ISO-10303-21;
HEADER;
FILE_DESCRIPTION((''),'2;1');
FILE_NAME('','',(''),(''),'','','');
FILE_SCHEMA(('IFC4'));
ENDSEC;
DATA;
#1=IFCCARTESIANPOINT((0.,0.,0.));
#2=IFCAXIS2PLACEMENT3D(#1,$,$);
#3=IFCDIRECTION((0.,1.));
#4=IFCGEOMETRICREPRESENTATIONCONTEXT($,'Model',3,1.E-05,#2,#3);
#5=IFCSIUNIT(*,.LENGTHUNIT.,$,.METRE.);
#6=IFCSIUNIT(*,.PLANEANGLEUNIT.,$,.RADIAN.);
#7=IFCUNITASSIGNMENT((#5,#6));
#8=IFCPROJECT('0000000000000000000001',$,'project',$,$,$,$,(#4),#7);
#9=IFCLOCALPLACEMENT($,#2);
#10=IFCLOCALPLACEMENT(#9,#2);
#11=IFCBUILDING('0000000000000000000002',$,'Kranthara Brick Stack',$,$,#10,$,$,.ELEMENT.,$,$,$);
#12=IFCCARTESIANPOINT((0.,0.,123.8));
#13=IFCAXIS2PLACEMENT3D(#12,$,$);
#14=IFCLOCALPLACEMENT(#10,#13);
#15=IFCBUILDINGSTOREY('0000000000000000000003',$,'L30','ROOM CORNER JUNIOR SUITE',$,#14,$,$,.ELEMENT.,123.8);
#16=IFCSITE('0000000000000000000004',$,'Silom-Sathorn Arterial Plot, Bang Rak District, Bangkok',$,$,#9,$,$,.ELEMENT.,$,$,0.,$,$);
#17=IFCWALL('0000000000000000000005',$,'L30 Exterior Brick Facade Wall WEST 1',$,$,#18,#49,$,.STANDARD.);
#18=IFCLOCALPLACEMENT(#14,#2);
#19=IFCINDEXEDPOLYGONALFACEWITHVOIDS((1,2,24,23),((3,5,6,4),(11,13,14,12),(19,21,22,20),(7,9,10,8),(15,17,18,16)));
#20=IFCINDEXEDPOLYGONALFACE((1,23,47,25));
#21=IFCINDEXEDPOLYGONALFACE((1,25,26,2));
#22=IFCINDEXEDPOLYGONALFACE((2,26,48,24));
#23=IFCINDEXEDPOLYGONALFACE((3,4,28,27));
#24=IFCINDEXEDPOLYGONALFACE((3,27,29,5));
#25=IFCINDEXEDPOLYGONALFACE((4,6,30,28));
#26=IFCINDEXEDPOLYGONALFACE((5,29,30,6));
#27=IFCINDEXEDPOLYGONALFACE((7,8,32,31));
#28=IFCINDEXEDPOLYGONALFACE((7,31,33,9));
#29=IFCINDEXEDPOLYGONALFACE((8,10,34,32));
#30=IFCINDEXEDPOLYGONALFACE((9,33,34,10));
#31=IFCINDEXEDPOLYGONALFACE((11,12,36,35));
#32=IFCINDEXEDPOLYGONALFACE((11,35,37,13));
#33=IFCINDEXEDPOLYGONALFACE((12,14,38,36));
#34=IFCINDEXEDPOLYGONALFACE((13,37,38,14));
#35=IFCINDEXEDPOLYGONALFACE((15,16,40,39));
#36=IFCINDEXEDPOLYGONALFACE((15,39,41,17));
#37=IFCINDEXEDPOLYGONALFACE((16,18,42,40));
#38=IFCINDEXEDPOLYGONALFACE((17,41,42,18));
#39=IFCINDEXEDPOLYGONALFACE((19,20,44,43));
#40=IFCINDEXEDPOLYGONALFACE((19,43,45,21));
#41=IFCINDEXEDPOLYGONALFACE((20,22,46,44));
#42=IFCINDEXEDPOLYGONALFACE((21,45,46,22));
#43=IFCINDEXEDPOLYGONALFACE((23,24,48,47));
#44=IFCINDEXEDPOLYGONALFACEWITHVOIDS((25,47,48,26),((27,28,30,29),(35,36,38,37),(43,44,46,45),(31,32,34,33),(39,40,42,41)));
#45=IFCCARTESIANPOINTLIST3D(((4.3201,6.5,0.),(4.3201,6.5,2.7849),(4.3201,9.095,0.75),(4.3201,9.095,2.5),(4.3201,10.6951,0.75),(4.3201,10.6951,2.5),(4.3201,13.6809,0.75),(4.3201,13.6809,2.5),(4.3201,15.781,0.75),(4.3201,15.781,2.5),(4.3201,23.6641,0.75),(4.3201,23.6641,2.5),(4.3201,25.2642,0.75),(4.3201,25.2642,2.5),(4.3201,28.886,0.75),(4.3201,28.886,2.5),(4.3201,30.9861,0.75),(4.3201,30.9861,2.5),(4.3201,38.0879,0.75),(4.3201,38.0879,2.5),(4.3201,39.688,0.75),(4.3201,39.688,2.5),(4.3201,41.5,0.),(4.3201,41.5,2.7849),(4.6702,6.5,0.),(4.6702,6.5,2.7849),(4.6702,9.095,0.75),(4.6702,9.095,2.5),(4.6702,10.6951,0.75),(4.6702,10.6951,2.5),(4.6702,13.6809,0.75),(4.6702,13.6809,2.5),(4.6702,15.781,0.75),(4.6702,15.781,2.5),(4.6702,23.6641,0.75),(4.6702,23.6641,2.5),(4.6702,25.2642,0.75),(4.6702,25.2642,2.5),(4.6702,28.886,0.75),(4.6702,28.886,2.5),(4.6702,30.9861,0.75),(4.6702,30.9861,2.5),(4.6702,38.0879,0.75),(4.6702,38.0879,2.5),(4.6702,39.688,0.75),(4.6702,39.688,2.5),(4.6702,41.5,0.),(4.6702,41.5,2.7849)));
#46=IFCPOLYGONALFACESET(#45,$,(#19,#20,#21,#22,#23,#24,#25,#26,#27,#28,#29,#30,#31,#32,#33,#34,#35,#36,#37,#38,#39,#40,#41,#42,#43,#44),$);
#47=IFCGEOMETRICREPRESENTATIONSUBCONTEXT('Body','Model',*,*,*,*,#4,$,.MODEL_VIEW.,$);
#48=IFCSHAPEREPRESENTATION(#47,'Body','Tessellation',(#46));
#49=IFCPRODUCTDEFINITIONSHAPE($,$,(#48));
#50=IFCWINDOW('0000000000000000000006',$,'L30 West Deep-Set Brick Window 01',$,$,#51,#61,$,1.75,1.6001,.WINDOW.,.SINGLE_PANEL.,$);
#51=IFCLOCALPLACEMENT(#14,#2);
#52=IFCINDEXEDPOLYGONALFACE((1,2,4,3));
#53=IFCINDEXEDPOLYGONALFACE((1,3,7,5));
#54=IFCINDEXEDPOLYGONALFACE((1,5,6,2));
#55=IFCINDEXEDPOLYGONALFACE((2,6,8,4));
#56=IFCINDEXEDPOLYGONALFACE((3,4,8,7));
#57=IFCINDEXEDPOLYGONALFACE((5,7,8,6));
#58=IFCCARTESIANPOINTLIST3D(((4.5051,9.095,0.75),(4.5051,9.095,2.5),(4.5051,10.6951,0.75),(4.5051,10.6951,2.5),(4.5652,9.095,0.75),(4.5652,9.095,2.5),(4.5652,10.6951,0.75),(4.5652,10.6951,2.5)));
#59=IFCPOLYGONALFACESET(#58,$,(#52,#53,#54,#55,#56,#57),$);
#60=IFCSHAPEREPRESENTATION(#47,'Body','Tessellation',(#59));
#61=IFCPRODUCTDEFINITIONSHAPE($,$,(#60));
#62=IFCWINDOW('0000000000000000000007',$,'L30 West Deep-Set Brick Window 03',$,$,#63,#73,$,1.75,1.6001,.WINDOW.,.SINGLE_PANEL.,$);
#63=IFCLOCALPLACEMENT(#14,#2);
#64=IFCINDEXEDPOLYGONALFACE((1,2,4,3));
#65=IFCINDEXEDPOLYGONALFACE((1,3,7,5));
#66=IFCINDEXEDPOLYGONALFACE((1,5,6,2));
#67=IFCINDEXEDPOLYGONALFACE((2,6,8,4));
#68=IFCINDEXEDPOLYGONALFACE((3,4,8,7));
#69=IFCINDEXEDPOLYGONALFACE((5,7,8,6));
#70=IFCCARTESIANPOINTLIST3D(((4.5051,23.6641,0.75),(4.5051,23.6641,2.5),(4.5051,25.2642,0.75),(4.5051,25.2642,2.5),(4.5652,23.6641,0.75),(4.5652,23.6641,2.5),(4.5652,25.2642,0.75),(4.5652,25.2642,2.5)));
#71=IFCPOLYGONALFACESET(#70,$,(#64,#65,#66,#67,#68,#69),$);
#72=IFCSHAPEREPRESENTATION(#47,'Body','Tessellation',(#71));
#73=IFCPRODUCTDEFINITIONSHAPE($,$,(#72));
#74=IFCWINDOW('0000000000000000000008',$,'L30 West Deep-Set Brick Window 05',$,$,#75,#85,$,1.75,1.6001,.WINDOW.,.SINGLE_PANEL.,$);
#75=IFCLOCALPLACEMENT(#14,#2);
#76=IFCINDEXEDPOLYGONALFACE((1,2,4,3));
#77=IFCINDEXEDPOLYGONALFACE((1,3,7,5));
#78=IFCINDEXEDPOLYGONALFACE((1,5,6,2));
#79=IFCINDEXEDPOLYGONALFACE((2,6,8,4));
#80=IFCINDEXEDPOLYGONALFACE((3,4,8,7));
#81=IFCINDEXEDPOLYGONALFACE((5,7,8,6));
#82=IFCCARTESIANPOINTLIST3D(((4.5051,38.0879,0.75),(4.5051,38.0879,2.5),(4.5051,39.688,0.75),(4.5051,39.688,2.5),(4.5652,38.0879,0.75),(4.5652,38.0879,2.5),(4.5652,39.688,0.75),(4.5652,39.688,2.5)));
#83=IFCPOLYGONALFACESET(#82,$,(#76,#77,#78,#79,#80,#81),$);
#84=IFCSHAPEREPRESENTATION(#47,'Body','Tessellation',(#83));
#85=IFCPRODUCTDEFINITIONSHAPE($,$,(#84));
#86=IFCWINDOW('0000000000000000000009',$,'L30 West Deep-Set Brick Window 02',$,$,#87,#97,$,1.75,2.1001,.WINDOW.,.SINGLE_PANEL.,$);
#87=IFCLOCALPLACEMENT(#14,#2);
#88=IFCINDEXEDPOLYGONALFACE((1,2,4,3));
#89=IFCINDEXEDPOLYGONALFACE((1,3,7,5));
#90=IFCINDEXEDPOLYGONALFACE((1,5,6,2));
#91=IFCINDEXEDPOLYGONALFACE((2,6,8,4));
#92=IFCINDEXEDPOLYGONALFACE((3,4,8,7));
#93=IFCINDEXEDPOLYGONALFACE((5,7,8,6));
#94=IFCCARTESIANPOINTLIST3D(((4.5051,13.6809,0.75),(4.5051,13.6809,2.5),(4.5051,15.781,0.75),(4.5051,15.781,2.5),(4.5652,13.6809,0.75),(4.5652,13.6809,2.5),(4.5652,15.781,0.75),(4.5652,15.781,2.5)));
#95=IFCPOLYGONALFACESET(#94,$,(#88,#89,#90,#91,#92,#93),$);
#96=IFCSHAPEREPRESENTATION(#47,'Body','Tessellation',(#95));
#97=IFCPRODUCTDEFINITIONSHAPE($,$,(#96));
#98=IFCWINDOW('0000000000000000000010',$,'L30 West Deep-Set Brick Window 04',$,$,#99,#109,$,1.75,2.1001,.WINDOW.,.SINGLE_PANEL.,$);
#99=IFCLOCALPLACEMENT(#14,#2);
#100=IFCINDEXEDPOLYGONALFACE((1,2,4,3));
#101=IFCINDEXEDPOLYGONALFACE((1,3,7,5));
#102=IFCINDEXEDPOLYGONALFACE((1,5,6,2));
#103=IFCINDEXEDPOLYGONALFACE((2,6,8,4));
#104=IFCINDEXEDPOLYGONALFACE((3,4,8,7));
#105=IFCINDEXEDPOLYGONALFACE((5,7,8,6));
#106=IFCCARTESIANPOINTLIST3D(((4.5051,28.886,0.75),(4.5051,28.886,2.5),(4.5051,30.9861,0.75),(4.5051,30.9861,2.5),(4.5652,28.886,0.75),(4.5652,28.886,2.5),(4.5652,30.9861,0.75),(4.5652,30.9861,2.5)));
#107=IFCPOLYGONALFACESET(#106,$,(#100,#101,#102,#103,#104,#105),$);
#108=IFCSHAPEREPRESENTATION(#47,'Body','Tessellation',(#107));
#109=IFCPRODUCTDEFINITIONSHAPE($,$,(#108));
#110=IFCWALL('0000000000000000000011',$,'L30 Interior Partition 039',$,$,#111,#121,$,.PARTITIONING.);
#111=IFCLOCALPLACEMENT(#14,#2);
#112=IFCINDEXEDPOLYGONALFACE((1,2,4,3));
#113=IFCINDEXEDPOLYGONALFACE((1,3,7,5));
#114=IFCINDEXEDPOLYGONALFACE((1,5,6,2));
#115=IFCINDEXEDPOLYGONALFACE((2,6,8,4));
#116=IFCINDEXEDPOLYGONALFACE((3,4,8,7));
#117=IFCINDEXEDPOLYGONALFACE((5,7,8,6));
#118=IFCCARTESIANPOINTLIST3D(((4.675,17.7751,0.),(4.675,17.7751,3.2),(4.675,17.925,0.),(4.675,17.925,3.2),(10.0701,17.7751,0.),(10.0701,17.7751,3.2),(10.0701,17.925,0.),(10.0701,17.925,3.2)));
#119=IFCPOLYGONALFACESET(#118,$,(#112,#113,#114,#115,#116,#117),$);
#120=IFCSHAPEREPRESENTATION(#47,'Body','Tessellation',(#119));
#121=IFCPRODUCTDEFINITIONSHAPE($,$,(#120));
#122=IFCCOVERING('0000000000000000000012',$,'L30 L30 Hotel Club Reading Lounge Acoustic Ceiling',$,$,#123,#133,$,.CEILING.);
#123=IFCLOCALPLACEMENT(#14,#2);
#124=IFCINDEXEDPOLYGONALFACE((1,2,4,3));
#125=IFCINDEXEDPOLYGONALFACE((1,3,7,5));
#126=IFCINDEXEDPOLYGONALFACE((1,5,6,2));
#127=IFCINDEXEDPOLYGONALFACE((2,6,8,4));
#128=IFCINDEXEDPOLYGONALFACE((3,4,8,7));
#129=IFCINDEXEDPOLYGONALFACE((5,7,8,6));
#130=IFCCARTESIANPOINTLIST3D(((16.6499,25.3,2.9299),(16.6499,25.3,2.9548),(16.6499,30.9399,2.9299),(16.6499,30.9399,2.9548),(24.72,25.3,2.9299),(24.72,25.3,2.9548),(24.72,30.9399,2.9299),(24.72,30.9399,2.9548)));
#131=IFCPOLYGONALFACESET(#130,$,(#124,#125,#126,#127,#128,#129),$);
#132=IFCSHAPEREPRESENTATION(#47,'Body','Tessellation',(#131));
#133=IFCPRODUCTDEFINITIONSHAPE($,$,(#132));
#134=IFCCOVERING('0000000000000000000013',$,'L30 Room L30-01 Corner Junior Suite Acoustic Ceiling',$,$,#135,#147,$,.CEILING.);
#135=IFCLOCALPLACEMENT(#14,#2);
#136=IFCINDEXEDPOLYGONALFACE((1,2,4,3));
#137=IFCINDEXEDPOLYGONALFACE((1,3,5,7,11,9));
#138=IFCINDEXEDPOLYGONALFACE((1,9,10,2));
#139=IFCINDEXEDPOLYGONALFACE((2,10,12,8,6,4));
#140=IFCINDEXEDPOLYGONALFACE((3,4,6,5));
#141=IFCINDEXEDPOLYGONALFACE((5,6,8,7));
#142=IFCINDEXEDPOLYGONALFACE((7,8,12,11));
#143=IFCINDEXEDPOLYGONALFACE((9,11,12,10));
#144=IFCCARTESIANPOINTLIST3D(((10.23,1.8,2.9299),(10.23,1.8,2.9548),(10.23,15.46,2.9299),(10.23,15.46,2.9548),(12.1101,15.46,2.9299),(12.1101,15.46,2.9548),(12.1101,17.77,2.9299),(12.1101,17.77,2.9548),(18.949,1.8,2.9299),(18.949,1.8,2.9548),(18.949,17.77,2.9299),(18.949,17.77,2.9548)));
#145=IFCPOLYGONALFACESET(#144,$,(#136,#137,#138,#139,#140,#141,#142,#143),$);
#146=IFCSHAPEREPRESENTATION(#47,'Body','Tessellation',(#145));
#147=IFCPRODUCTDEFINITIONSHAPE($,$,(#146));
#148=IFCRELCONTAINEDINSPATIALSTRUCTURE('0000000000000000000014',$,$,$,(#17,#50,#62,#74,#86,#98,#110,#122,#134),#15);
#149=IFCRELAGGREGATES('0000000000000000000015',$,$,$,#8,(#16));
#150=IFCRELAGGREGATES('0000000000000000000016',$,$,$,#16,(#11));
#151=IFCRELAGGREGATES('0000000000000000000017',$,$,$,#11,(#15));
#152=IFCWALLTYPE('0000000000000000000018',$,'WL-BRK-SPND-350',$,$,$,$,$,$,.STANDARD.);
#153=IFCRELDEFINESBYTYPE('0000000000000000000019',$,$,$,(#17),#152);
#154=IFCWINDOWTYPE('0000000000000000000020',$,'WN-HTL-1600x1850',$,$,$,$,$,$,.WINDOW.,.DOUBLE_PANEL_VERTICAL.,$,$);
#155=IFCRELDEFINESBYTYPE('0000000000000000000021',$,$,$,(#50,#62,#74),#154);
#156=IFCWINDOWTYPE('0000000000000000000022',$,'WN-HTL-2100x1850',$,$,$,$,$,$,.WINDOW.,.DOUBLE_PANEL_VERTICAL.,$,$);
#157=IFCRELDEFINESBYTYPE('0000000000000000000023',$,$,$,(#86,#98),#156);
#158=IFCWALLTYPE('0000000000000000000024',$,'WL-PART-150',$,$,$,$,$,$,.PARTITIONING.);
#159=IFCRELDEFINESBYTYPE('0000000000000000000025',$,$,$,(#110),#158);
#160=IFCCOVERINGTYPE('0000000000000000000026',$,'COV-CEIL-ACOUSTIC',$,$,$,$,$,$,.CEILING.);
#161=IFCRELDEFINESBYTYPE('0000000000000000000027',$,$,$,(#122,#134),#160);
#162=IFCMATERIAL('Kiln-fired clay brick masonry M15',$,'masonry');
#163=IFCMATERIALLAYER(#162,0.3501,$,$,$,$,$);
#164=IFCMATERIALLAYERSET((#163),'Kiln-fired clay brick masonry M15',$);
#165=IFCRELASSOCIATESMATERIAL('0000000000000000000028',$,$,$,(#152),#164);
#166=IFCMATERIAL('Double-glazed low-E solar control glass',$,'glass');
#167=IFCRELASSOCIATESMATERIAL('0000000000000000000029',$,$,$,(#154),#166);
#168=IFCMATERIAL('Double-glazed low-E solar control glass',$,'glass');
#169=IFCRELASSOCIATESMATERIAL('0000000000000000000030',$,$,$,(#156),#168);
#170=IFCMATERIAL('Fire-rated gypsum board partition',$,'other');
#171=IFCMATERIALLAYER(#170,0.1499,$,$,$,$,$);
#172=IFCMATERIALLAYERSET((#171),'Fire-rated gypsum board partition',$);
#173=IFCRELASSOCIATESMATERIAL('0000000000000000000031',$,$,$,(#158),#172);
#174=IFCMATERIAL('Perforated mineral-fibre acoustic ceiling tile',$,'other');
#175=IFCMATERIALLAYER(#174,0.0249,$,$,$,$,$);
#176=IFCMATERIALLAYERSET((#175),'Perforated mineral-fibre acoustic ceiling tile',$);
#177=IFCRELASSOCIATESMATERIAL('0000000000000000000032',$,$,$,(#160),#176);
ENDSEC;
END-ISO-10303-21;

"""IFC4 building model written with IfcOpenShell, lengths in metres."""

from ifc_helpers import new_model, si_unit, direction, frame, frame_2d, origin, place, context, subcontext, project, spatial, polyline, rectangle, outline, extrude, material, layer, layer_set, type_object, element, fill, save


model = new_model("IFC4")

# Units and contexts
model_context = context("Model", 3, precision=1e-05, world=origin(), true_north=direction((0.0, 1.0)))
body_context = subcontext(model_context, "Body", "Model", "MODEL_VIEW")
ifc_project = project(units=[si_unit("LENGTHUNIT", "METRE"), si_unit("PLANEANGLEUNIT", "RADIAN")], contexts=[model_context])

# Site, building, storey
site_placement = place(None, origin())
site = spatial("IfcSite", under=ifc_project, at=site_placement, Name="Silom-Sathorn Arterial Plot, Bang Rak District, Bangkok", CompositionType="ELEMENT", RefElevation=0.0)
building_placement = place(site_placement, origin())
building = spatial("IfcBuilding", under=site, at=building_placement, Name="Kranthara Brick Stack", CompositionType="ELEMENT")
storey_placement = place(building_placement, frame((0.0, 0.0, 123.8)))
storey = spatial("IfcBuildingStorey", under=building, at=storey_placement, Name="L30", Description="ROOM CORNER JUNIOR SUITE", CompositionType="ELEMENT", Elevation=123.8)

# Shared definitions
ifc_material_1 = material(Name="Kiln-fired clay brick masonry M15", Category="masonry")
ifc_layer_1 = layer(ifc_material_1, 0.3501)
ifc_layer_set_1 = layer_set([ifc_layer_1], Name="Kiln-fired clay brick masonry M15")
wall_type_1 = type_object("IfcWallType", Name="WL-BRK-SPND-350", PredefinedType="STANDARD", material=ifc_layer_set_1)

# Wall, openings, windows
wall_1_placement = place(storey_placement, frame((4.4951, 6.5, 0.0), z_axis=(0.0, 0.0, 1.0), x_axis=(0.0, 1.0, 0.0)))
wall_1 = element("IfcWall", 1, at=wall_1_placement, inside=storey, type_object=wall_type_1, Name="L30 Exterior Brick Facade Wall WEST 1", PredefinedType="STANDARD", context=body_context, shape_type="SweptSolid", body=[
    extrude(rectangle(XDim=35.0, YDim=0.3501, at=frame_2d((17.5, 0.0))), origin(), (0.0, 0.0, 1.0), 2.7849),
])
opening_1_placement = place(wall_1_placement, frame((2.595, 0.0, 0.75)))
opening_1 = element("IfcOpeningElement", 2, at=opening_1_placement, cuts=wall_1, PredefinedType="OPENING", context=body_context, shape_type="SweptSolid", body=[
    extrude(rectangle(XDim=1.6001, YDim=1.75, at=frame_2d((0.8, 0.875))), frame((0.0, 0.1851, 0.0), z_axis=(0.0, -1.0, 0.0), x_axis=(1.0, 0.0, 0.0)), (0.0, 0.0, 1.0), 0.3701),
])
opening_2_placement = place(wall_1_placement, frame((7.1809, 0.0, 0.75)))
opening_2 = element("IfcOpeningElement", 3, at=opening_2_placement, cuts=wall_1, PredefinedType="OPENING", context=body_context, shape_type="SweptSolid", body=[
    extrude(rectangle(XDim=2.1001, YDim=1.75, at=frame_2d((1.05, 0.875))), frame((0.0, 0.1851, 0.0), z_axis=(0.0, -1.0, 0.0), x_axis=(1.0, 0.0, 0.0)), (0.0, 0.0, 1.0), 0.3701),
])
opening_3_placement = place(wall_1_placement, frame((17.1641, 0.0, 0.75)))
opening_3 = element("IfcOpeningElement", 4, at=opening_3_placement, cuts=wall_1, PredefinedType="OPENING", context=body_context, shape_type="SweptSolid", body=[
    extrude(rectangle(XDim=1.6001, YDim=1.75, at=frame_2d((0.8, 0.875))), frame((0.0, 0.1851, 0.0), z_axis=(0.0, -1.0, 0.0), x_axis=(1.0, 0.0, 0.0)), (0.0, 0.0, 1.0), 0.3701),
])
opening_4_placement = place(wall_1_placement, frame((22.386, 0.0, 0.75)))
opening_4 = element("IfcOpeningElement", 5, at=opening_4_placement, cuts=wall_1, PredefinedType="OPENING", context=body_context, shape_type="SweptSolid", body=[
    extrude(rectangle(XDim=2.1001, YDim=1.75, at=frame_2d((1.05, 0.875))), frame((0.0, 0.1851, 0.0), z_axis=(0.0, -1.0, 0.0), x_axis=(1.0, 0.0, 0.0)), (0.0, 0.0, 1.0), 0.3701),
])
opening_5_placement = place(wall_1_placement, frame((31.5879, 0.0, 0.75)))
opening_5 = element("IfcOpeningElement", 6, at=opening_5_placement, cuts=wall_1, PredefinedType="OPENING", context=body_context, shape_type="SweptSolid", body=[
    extrude(rectangle(XDim=1.6001, YDim=1.75, at=frame_2d((0.8, 0.875))), frame((0.0, 0.1851, 0.0), z_axis=(0.0, -1.0, 0.0), x_axis=(1.0, 0.0, 0.0)), (0.0, 0.0, 1.0), 0.3701),
])
ifc_material_2 = material(Name="Double-glazed low-E solar control glass", Category="glass")
window_type_1 = type_object("IfcWindowType", Name="WN-HTL-1600x1850", PartitioningType="DOUBLE_PANEL_VERTICAL", PredefinedType="WINDOW", material=ifc_material_2)
window_1_placement = place(opening_1_placement, origin())
window_1 = element("IfcWindow", 7, at=window_1_placement, inside=storey, type_object=window_type_1, Name="L30 West Deep-Set Brick Window 01", OverallHeight=1.75, OverallWidth=1.6001, PartitioningType="SINGLE_PANEL", PredefinedType="WINDOW", context=body_context, shape_type="SweptSolid", body=[
    extrude(rectangle(XDim=1.6001, YDim=1.75, at=frame_2d((0.8, 0.875))), frame((0.0, -0.01, 0.0), z_axis=(0.0, -1.0, 0.0), x_axis=(1.0, 0.0, 0.0)), (0.0, 0.0, 1.0), 0.0601),
])
fill(opening_1, window_1)
window_2_placement = place(opening_3_placement, origin())
window_2 = element("IfcWindow", 8, at=window_2_placement, inside=storey, type_object=window_type_1, Name="L30 West Deep-Set Brick Window 03", OverallHeight=1.75, OverallWidth=1.6001, PartitioningType="SINGLE_PANEL", PredefinedType="WINDOW", context=body_context, shape_type="SweptSolid", body=[
    extrude(rectangle(XDim=1.6001, YDim=1.75, at=frame_2d((0.8, 0.875))), frame((0.0, -0.01, 0.0), z_axis=(0.0, -1.0, 0.0), x_axis=(1.0, 0.0, 0.0)), (0.0, 0.0, 1.0), 0.0601),
])
fill(opening_3, window_2)
window_3_placement = place(opening_5_placement, origin())
window_3 = element("IfcWindow", 9, at=window_3_placement, inside=storey, type_object=window_type_1, Name="L30 West Deep-Set Brick Window 05", OverallHeight=1.75, OverallWidth=1.6001, PartitioningType="SINGLE_PANEL", PredefinedType="WINDOW", context=body_context, shape_type="SweptSolid", body=[
    extrude(rectangle(XDim=1.6001, YDim=1.75, at=frame_2d((0.8, 0.875))), frame((0.0, -0.01, 0.0), z_axis=(0.0, -1.0, 0.0), x_axis=(1.0, 0.0, 0.0)), (0.0, 0.0, 1.0), 0.0601),
])
fill(opening_5, window_3)
ifc_material_3 = material(Name="Double-glazed low-E solar control glass", Category="glass")
window_type_2 = type_object("IfcWindowType", Name="WN-HTL-2100x1850", PartitioningType="DOUBLE_PANEL_VERTICAL", PredefinedType="WINDOW", material=ifc_material_3)
window_4_placement = place(opening_2_placement, origin())
window_4 = element("IfcWindow", 10, at=window_4_placement, inside=storey, type_object=window_type_2, Name="L30 West Deep-Set Brick Window 02", OverallHeight=1.75, OverallWidth=2.1001, PartitioningType="SINGLE_PANEL", PredefinedType="WINDOW", context=body_context, shape_type="SweptSolid", body=[
    extrude(rectangle(XDim=2.1001, YDim=1.75, at=frame_2d((1.05, 0.875))), frame((0.0, -0.01, 0.0), z_axis=(0.0, -1.0, 0.0), x_axis=(1.0, 0.0, 0.0)), (0.0, 0.0, 1.0), 0.0601),
])
fill(opening_2, window_4)
window_5_placement = place(opening_4_placement, origin())
window_5 = element("IfcWindow", 11, at=window_5_placement, inside=storey, type_object=window_type_2, Name="L30 West Deep-Set Brick Window 04", OverallHeight=1.75, OverallWidth=2.1001, PartitioningType="SINGLE_PANEL", PredefinedType="WINDOW", context=body_context, shape_type="SweptSolid", body=[
    extrude(rectangle(XDim=2.1001, YDim=1.75, at=frame_2d((1.05, 0.875))), frame((0.0, -0.01, 0.0), z_axis=(0.0, -1.0, 0.0), x_axis=(1.0, 0.0, 0.0)), (0.0, 0.0, 1.0), 0.0601),
])
fill(opening_4, window_5)

# Wall
ifc_material_4 = material(Name="Fire-rated gypsum board partition", Category="other")
ifc_layer_2 = layer(ifc_material_4, 0.1499)
ifc_layer_set_2 = layer_set([ifc_layer_2], Name="Fire-rated gypsum board partition")
wall_type_2 = type_object("IfcWallType", Name="WL-PART-150", PredefinedType="PARTITIONING", material=ifc_layer_set_2)
wall_2_placement = place(storey_placement, frame((4.675, 17.8501, 0.0), z_axis=(0.0, 0.0, 1.0), x_axis=(1.0, 0.0, 0.0)))
element("IfcWall", 12, at=wall_2_placement, inside=storey, type_object=wall_type_2, Name="L30 Interior Partition 039", PredefinedType="PARTITIONING", context=body_context, shape_type="SweptSolid", body=[
    extrude(rectangle(XDim=5.395, YDim=0.1499, at=frame_2d((2.6975, 0.0))), origin(), (0.0, 0.0, 1.0), 3.2),
])

# Coverings
ifc_material_5 = material(Name="Perforated mineral-fibre acoustic ceiling tile", Category="other")
ifc_layer_3 = layer(ifc_material_5, 0.0249)
ifc_layer_set_3 = layer_set([ifc_layer_3], Name="Perforated mineral-fibre acoustic ceiling tile")
covering_type_1 = type_object("IfcCoveringType", Name="COV-CEIL-ACOUSTIC", PredefinedType="CEILING", material=ifc_layer_set_3)
covering_1_placement = place(storey_placement, frame((0.0, 0.0, 2.9299)))
element("IfcCovering", 13, at=covering_1_placement, inside=storey, type_object=covering_type_1, Name="L30 L30 Hotel Club Reading Lounge Acoustic Ceiling", PredefinedType="CEILING", context=body_context, shape_type="SweptSolid", body=[
    extrude(outline(polyline([(24.72, 25.3), (24.72, 30.9399), (16.6499, 30.9399), (16.6499, 25.3), (24.72, 25.3)])), origin(), (0.0, 0.0, 1.0), 0.0249),
])
covering_2_placement = place(storey_placement, frame((0.0, 0.0, 2.9299)))
element("IfcCovering", 14, at=covering_2_placement, inside=storey, type_object=covering_type_1, Name="L30 Room L30-01 Corner Junior Suite Acoustic Ceiling", PredefinedType="CEILING", context=body_context, shape_type="SweptSolid", body=[
    extrude(outline(polyline([(10.23, 1.8), (18.949, 1.8), (18.949, 17.77), (12.1101, 17.77), (12.1101, 15.46), (10.23, 15.46), (10.23, 1.8)])), origin(), (0.0, 0.0, 1.0), 0.0249),
])

save(model, "model.ifc")
